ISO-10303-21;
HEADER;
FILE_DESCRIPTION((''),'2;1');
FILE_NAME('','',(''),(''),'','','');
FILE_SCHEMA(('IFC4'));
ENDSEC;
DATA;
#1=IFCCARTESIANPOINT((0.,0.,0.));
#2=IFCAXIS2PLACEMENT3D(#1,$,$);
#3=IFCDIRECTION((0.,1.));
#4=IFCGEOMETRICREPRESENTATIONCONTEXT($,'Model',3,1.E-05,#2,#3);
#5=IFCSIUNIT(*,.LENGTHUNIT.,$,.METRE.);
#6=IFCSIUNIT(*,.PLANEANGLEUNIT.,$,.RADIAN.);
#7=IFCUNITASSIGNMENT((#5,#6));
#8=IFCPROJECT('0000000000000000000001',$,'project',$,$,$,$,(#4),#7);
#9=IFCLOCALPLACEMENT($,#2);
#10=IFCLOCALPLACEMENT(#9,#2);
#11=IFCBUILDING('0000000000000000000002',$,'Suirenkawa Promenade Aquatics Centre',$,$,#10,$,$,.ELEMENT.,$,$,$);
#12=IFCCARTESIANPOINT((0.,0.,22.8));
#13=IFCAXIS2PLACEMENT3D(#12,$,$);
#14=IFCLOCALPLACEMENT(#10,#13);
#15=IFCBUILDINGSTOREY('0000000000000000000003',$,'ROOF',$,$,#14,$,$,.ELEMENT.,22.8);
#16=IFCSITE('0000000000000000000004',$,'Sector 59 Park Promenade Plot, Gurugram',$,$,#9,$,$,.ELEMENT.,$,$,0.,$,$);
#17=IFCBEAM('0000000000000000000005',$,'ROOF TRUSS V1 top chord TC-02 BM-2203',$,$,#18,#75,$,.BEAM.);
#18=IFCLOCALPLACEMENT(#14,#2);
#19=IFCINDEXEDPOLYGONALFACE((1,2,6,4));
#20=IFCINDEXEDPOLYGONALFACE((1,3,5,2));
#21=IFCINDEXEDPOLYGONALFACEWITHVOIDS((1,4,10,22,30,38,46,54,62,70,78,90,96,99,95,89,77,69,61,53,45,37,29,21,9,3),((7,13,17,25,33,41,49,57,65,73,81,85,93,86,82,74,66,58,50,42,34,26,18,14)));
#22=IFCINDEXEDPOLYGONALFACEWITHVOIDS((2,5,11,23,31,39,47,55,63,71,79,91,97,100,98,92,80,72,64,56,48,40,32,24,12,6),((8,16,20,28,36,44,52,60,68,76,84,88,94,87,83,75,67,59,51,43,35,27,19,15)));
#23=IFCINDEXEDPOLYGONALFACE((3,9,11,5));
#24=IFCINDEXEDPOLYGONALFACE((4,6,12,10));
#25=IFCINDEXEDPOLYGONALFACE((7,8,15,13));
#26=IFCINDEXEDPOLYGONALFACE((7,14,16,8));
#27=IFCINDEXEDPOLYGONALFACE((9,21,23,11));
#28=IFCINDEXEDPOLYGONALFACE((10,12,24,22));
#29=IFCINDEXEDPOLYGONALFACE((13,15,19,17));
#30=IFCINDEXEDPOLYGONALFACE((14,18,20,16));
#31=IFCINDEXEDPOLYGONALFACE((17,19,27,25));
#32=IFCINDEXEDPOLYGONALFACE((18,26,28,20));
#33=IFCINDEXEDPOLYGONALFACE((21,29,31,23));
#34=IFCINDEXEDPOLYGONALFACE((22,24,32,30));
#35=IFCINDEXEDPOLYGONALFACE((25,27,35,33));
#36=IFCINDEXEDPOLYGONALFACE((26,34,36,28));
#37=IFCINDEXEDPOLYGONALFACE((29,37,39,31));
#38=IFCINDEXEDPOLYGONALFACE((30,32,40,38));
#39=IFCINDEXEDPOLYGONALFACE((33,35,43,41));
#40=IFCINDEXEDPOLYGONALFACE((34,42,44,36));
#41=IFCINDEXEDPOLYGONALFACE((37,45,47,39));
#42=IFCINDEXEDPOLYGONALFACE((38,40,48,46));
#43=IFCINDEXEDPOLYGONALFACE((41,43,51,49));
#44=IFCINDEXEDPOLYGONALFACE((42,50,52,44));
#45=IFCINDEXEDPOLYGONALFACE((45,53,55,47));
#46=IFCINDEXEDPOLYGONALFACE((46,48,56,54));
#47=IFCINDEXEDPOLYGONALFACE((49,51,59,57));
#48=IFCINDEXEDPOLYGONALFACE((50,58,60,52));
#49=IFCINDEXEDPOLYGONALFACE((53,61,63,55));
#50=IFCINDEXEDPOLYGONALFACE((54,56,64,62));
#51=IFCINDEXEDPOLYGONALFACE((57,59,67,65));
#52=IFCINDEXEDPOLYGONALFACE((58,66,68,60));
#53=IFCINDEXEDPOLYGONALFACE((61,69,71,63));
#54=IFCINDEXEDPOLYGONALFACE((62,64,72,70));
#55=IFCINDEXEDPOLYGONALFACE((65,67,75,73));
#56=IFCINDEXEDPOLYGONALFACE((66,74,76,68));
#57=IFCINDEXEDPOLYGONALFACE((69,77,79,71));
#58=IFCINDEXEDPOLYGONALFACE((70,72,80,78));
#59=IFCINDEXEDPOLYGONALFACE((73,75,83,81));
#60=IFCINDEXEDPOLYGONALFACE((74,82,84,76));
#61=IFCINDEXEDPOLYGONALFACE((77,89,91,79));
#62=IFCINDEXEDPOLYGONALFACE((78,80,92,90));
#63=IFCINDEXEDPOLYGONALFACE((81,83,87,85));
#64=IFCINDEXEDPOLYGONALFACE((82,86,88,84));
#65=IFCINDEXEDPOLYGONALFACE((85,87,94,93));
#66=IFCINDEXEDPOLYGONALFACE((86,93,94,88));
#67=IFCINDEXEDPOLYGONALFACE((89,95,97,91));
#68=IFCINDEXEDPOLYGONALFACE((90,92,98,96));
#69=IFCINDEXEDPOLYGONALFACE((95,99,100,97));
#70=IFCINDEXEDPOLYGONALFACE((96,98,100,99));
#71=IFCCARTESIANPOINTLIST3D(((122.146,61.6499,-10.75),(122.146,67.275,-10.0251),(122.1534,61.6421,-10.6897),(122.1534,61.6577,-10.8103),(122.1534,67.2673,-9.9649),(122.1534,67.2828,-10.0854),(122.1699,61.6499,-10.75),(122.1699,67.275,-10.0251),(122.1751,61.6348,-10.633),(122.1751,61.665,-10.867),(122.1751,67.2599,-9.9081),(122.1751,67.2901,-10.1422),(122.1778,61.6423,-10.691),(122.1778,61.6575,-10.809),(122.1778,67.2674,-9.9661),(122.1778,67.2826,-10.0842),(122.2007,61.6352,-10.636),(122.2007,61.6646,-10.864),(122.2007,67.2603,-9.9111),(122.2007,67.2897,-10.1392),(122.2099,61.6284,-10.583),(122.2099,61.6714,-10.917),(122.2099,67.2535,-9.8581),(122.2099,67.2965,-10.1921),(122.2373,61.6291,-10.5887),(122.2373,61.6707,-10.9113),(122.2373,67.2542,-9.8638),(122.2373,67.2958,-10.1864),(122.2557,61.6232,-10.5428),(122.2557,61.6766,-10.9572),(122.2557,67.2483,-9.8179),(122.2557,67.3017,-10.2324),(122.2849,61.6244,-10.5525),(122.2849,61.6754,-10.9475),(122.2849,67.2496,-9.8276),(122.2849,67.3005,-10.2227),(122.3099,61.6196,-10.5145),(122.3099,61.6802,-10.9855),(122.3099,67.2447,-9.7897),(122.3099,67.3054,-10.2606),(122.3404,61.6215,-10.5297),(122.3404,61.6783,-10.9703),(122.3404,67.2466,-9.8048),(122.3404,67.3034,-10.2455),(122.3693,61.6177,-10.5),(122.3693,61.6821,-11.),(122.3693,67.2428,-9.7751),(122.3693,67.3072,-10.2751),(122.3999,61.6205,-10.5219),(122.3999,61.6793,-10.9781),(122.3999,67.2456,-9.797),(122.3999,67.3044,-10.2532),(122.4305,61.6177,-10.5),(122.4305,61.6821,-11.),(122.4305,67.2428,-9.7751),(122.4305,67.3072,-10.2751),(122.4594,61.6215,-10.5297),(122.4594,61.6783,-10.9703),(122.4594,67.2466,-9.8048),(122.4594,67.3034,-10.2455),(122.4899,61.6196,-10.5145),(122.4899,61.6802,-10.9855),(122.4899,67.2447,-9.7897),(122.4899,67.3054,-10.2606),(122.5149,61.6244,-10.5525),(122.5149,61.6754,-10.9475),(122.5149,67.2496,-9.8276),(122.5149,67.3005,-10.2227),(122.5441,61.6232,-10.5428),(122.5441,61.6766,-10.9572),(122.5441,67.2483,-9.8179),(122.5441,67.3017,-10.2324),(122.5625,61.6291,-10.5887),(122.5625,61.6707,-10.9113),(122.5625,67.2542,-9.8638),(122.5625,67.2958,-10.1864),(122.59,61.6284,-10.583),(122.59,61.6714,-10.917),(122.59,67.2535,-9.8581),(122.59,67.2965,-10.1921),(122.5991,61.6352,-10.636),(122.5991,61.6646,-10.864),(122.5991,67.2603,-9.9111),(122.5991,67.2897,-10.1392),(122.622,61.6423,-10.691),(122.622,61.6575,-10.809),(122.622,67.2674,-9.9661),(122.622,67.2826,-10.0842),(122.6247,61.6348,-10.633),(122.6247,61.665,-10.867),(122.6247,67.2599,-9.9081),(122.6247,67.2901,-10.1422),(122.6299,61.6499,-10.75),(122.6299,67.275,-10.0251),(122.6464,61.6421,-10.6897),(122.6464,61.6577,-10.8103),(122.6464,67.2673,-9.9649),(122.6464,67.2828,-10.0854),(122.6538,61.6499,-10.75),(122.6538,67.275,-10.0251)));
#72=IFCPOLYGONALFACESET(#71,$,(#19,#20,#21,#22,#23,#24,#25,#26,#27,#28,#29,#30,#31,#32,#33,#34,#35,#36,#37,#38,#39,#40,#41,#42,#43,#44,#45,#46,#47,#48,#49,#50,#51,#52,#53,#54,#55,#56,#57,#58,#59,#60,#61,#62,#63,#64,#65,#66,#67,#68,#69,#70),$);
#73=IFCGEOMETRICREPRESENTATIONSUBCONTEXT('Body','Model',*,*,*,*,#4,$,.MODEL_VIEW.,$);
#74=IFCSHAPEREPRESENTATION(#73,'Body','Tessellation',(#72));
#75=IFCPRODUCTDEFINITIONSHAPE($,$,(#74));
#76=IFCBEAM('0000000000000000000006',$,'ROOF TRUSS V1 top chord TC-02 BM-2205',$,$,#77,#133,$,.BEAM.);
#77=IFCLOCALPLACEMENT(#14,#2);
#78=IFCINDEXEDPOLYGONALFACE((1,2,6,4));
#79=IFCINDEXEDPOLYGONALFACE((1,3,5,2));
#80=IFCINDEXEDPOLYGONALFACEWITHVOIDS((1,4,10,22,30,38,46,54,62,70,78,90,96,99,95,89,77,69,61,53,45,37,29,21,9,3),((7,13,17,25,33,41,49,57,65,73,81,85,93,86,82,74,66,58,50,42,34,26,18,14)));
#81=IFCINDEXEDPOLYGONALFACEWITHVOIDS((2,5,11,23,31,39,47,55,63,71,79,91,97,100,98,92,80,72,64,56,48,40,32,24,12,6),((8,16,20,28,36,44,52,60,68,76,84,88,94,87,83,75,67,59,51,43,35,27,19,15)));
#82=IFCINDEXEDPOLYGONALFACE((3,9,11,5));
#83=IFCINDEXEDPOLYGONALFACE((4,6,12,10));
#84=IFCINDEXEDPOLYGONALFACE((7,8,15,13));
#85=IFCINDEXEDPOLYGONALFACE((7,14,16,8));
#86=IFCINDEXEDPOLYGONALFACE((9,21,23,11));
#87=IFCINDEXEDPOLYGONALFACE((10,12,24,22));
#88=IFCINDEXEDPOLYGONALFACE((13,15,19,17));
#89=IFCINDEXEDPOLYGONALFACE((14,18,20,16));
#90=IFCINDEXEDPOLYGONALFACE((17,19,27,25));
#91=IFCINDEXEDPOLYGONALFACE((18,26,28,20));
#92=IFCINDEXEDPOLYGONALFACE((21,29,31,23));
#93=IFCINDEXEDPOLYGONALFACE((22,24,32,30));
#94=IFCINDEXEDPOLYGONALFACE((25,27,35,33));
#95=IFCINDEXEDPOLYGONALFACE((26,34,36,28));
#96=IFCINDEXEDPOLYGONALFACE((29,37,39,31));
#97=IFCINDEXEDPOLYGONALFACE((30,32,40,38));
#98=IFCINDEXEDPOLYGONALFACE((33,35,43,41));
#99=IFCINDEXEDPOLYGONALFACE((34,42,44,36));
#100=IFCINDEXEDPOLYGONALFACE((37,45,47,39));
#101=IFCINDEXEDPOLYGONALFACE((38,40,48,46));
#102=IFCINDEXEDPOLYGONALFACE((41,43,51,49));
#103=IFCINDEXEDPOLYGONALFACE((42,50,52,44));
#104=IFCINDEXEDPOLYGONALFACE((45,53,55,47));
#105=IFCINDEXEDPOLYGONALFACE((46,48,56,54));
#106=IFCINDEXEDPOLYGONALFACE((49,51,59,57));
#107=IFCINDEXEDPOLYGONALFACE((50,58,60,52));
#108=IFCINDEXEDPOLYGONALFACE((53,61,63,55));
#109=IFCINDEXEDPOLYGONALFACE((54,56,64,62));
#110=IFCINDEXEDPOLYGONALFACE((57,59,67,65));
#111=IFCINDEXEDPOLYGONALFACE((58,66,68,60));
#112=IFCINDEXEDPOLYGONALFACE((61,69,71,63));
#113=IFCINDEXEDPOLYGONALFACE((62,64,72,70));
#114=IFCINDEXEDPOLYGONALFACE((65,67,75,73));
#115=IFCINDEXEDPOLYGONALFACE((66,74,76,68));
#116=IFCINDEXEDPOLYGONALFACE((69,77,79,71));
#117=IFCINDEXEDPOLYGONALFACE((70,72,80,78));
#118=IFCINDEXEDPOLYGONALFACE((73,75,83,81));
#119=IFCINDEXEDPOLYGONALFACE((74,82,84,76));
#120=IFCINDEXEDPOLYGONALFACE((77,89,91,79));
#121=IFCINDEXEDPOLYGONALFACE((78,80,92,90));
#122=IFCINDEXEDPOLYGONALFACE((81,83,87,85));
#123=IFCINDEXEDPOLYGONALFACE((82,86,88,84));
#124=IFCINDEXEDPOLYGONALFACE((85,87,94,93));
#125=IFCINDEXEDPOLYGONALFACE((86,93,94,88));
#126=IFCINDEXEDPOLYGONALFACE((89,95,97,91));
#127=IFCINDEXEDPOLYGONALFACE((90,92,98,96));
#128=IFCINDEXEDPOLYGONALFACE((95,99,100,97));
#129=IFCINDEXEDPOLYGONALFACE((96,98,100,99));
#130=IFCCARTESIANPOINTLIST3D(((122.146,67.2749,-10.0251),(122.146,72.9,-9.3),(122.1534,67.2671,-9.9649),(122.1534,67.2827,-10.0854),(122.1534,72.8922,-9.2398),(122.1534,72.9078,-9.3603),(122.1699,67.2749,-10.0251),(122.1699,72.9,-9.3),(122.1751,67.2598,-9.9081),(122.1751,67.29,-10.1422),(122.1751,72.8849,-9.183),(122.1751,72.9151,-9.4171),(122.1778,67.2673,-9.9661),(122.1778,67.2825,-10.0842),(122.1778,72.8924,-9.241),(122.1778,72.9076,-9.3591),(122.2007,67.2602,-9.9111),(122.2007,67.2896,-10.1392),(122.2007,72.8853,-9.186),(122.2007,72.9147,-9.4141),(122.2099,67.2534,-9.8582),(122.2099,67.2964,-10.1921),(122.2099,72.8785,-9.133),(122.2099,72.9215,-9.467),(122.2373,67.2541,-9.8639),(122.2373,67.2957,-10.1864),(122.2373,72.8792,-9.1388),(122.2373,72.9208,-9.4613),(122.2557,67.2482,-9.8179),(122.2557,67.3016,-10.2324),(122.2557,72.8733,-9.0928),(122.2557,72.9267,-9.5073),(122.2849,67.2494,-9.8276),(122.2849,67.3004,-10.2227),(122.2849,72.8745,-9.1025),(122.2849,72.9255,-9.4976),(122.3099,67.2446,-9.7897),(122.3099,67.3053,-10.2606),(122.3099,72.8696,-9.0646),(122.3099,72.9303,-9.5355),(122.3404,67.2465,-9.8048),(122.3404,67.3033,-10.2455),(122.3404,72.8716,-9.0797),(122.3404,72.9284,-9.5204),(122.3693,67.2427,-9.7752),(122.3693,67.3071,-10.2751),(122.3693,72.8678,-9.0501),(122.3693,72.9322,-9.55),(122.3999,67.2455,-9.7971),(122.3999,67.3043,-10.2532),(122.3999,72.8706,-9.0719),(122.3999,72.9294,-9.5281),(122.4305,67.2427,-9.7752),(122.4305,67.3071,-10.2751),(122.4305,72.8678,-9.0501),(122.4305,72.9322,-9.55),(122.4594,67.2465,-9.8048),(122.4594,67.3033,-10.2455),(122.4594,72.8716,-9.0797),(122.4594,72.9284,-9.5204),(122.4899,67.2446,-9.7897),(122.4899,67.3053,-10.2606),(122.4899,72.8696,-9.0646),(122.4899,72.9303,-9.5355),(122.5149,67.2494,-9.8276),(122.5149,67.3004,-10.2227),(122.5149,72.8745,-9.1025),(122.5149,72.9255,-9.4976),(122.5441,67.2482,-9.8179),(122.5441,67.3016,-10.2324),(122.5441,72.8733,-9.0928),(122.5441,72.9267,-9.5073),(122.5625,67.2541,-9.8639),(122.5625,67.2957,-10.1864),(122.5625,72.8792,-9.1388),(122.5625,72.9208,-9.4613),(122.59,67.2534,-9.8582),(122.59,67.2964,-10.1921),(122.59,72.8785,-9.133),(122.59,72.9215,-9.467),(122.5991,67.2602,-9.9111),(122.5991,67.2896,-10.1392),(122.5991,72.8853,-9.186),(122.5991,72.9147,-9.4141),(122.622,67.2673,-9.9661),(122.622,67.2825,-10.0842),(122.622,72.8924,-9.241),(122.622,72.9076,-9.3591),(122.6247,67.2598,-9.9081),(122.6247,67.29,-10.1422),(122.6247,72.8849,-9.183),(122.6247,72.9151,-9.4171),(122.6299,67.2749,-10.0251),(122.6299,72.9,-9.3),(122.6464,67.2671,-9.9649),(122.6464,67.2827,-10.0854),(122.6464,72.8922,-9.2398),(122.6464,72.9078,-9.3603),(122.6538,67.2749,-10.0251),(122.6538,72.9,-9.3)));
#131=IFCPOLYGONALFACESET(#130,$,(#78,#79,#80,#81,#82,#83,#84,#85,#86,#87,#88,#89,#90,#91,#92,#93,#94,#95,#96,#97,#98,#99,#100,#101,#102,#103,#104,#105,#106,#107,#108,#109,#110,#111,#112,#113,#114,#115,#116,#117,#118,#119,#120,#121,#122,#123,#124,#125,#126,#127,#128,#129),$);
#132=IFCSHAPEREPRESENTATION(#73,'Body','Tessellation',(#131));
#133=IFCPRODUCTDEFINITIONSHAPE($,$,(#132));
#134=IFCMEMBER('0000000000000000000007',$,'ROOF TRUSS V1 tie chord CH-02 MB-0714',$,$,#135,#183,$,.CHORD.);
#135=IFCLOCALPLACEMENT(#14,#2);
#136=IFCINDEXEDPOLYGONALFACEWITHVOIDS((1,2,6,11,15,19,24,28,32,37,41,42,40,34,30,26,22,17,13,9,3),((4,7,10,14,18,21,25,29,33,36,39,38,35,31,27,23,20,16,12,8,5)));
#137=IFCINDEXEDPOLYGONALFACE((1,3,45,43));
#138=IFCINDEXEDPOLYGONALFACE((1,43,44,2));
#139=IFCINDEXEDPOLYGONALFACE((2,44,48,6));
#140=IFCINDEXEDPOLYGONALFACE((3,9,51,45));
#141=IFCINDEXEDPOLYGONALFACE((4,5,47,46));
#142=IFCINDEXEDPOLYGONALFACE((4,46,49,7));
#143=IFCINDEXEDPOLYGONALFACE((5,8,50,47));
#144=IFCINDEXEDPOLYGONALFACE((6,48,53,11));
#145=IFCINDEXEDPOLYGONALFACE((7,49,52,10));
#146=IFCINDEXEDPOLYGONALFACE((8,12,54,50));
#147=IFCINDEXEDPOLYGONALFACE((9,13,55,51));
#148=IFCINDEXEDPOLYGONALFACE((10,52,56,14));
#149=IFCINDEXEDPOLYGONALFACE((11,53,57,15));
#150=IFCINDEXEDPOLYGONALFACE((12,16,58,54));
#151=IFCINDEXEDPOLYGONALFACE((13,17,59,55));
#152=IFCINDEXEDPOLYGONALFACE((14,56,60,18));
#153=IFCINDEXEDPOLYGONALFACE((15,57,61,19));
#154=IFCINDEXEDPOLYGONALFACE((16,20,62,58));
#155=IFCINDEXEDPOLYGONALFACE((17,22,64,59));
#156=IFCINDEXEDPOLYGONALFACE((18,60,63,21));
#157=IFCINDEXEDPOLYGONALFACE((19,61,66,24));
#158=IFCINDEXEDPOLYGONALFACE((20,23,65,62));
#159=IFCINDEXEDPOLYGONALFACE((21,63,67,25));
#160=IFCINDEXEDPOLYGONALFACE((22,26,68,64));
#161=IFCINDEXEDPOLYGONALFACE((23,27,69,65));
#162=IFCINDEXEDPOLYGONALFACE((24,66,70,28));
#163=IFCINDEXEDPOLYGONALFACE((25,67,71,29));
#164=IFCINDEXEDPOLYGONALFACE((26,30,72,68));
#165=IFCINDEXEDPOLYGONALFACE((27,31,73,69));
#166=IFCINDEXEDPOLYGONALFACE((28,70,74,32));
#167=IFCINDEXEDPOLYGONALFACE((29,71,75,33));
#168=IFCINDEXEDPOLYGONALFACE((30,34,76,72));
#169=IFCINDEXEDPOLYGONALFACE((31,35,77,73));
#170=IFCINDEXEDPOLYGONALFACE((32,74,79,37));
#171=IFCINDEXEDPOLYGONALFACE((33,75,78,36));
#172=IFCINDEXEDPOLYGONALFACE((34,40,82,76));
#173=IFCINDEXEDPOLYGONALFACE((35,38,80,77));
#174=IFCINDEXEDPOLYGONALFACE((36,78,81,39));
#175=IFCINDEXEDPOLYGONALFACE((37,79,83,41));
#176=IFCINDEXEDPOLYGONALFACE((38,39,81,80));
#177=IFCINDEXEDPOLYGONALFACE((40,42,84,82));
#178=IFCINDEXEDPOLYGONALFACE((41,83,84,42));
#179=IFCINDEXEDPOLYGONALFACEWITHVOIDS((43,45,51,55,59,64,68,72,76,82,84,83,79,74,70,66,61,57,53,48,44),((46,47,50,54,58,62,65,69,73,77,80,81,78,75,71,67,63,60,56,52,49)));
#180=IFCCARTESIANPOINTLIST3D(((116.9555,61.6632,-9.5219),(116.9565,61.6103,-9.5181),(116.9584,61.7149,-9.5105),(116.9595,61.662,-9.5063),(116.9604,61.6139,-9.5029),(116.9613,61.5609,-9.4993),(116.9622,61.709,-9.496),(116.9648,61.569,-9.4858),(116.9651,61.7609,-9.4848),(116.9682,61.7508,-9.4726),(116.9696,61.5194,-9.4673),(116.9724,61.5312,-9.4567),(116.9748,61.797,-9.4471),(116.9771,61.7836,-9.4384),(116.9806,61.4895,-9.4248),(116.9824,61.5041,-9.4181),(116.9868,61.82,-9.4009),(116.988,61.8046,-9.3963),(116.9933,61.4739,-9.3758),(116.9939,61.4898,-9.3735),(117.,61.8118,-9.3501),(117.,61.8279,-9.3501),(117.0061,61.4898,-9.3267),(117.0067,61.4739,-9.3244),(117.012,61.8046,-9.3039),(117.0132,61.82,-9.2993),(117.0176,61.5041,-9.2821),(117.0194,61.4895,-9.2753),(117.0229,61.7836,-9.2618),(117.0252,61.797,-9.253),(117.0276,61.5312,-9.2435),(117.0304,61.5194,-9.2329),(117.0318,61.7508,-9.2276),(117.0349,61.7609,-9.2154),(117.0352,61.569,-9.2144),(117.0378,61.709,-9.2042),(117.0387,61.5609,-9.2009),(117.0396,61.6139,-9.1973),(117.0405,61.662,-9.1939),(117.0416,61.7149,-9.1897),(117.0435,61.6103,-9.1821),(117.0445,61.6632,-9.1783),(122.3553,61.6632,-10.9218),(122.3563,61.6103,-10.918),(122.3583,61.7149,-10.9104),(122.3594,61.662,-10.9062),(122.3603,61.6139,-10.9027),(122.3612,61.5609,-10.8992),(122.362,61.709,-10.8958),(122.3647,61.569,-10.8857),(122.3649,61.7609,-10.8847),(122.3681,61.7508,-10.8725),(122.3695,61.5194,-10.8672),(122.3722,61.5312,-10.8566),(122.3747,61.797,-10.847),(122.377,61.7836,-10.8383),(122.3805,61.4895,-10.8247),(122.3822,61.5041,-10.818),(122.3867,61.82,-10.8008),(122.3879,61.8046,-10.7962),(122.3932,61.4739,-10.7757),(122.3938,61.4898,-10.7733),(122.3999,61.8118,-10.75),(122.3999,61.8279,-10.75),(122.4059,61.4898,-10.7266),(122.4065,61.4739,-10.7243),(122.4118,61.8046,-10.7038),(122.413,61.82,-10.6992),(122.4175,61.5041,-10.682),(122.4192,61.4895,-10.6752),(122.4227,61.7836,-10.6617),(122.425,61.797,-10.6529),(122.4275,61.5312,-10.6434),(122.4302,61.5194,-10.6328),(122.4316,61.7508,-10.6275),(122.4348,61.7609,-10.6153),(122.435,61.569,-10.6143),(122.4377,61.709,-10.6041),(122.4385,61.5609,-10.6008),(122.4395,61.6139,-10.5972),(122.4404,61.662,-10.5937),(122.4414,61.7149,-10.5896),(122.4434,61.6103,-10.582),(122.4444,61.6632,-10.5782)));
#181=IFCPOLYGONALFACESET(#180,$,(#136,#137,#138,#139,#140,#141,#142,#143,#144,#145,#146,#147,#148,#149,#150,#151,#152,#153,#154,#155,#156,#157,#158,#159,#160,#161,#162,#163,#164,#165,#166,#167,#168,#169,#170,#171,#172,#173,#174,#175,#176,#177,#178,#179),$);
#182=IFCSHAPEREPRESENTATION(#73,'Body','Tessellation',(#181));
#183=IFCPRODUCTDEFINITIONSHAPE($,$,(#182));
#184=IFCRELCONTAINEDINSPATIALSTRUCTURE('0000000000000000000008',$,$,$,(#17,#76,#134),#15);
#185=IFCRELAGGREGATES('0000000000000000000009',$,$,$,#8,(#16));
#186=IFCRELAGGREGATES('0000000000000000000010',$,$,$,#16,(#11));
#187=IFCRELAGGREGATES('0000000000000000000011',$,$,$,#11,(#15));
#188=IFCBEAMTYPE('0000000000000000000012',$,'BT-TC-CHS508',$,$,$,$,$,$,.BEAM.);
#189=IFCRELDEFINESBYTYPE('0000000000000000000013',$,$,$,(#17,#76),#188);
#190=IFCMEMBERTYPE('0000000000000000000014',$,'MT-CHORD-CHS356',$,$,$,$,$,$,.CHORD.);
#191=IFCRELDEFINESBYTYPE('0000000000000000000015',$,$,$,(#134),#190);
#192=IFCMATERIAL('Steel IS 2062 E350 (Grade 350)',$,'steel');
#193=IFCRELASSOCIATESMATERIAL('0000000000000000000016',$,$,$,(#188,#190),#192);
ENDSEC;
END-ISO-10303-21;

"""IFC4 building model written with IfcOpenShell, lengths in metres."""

from ifc_helpers import new_model, si_unit, direction, frame, origin, origin_2d, place, context, subcontext, project, spatial, hollow_circle, extrude, material, material_profile, profile_set, type_object, element, save


model = new_model("IFC4")

# Units and contexts
model_context = context("Model", 3, precision=1e-05, world=origin(), true_north=direction((0.0, 1.0)))
body_context = subcontext(model_context, "Body", "Model", "MODEL_VIEW")
ifc_project = project(units=[si_unit("LENGTHUNIT", "METRE"), si_unit("PLANEANGLEUNIT", "RADIAN")], contexts=[model_context])

# Site, building, storey
site_placement = place(None, origin())
site = spatial("IfcSite", under=ifc_project, at=site_placement, Name="Sector 59 Park Promenade Plot, Gurugram", CompositionType="ELEMENT", RefElevation=0.0)
building_placement = place(site_placement, origin())
building = spatial("IfcBuilding", under=site, at=building_placement, Name="Suirenkawa Promenade Aquatics Centre", CompositionType="ELEMENT")
storey_placement = place(building_placement, frame((0.0, 0.0, 22.8)))
storey = spatial("IfcBuildingStorey", under=building, at=storey_placement, Name="ROOF", CompositionType="ELEMENT", Elevation=22.8)

# Beams
ifc_material = material(Name="Steel IS 2062 E350 (Grade 350)", Category="steel")
ifc_material_profile_1 = material_profile(ifc_material, hollow_circle(Radius=0.2539, WallThickness=0.0239, at=origin_2d()), Name="CHS 508x24", Category="steel")
ifc_profile_set_1 = profile_set([ifc_material_profile_1], Name="Steel IS 2062 E350 (Grade 350)")
beam_type_1 = type_object("IfcBeamType", Name="BT-TC-CHS508", PredefinedType="BEAM", material=ifc_profile_set_1)
for number, where, z_axis, x_axis, name in (
    (1, (122.3999, 61.6499, -10.75), (0.0, 0.991799, 0.127806), (-1.0, 0.0, 0.0), "ROOF TRUSS V1 top chord TC-02 BM-2203"),
    (2, (122.3999, 67.2749, -10.0251), (0.0, 0.991794, 0.127848), (-1.0, 0.0, 0.0), "ROOF TRUSS V1 top chord TC-02 BM-2205"),
):
    element("IfcBeam", number, at=place(storey_placement, frame(where, z_axis=z_axis, x_axis=x_axis)), inside=storey, type_object=beam_type_1, Name=name, PredefinedType="BEAM", context=body_context, shape_type="SweptSolid", body=[
        extrude(hollow_circle(Radius=0.2539, WallThickness=0.0239, at=origin_2d()), origin(), (0.0, 0.0, 1.0), 5.6716),
    ])

# Member
ifc_material_profile_2 = material_profile(ifc_material, hollow_circle(Radius=0.178, WallThickness=0.0161, at=origin_2d()), Name="CHS 356x16", Category="steel")
ifc_profile_set_2 = profile_set([ifc_material_profile_2], Name="Steel IS 2062 E350 (Grade 350)")
member_type_1 = type_object("IfcMemberType", Name="MT-CHORD-CHS356", PredefinedType="CHORD", material=ifc_profile_set_2)
member_1_placement = place(storey_placement, frame((117.0, 61.6499, -9.3501), z_axis=(0.968, 0.0, -0.25095), x_axis=(0.0, 1.0, 0.0)))
element("IfcMember", 3, at=member_1_placement, inside=storey, type_object=member_type_1, Name="ROOF TRUSS V1 tie chord CH-02 MB-0714", PredefinedType="CHORD", context=body_context, shape_type="SweptSolid", body=[
    extrude(hollow_circle(Radius=0.178, WallThickness=0.0161, at=origin_2d()), origin(), (0.0, 0.0, 1.0), 5.5784),
])

save(model, "model.ifc")
